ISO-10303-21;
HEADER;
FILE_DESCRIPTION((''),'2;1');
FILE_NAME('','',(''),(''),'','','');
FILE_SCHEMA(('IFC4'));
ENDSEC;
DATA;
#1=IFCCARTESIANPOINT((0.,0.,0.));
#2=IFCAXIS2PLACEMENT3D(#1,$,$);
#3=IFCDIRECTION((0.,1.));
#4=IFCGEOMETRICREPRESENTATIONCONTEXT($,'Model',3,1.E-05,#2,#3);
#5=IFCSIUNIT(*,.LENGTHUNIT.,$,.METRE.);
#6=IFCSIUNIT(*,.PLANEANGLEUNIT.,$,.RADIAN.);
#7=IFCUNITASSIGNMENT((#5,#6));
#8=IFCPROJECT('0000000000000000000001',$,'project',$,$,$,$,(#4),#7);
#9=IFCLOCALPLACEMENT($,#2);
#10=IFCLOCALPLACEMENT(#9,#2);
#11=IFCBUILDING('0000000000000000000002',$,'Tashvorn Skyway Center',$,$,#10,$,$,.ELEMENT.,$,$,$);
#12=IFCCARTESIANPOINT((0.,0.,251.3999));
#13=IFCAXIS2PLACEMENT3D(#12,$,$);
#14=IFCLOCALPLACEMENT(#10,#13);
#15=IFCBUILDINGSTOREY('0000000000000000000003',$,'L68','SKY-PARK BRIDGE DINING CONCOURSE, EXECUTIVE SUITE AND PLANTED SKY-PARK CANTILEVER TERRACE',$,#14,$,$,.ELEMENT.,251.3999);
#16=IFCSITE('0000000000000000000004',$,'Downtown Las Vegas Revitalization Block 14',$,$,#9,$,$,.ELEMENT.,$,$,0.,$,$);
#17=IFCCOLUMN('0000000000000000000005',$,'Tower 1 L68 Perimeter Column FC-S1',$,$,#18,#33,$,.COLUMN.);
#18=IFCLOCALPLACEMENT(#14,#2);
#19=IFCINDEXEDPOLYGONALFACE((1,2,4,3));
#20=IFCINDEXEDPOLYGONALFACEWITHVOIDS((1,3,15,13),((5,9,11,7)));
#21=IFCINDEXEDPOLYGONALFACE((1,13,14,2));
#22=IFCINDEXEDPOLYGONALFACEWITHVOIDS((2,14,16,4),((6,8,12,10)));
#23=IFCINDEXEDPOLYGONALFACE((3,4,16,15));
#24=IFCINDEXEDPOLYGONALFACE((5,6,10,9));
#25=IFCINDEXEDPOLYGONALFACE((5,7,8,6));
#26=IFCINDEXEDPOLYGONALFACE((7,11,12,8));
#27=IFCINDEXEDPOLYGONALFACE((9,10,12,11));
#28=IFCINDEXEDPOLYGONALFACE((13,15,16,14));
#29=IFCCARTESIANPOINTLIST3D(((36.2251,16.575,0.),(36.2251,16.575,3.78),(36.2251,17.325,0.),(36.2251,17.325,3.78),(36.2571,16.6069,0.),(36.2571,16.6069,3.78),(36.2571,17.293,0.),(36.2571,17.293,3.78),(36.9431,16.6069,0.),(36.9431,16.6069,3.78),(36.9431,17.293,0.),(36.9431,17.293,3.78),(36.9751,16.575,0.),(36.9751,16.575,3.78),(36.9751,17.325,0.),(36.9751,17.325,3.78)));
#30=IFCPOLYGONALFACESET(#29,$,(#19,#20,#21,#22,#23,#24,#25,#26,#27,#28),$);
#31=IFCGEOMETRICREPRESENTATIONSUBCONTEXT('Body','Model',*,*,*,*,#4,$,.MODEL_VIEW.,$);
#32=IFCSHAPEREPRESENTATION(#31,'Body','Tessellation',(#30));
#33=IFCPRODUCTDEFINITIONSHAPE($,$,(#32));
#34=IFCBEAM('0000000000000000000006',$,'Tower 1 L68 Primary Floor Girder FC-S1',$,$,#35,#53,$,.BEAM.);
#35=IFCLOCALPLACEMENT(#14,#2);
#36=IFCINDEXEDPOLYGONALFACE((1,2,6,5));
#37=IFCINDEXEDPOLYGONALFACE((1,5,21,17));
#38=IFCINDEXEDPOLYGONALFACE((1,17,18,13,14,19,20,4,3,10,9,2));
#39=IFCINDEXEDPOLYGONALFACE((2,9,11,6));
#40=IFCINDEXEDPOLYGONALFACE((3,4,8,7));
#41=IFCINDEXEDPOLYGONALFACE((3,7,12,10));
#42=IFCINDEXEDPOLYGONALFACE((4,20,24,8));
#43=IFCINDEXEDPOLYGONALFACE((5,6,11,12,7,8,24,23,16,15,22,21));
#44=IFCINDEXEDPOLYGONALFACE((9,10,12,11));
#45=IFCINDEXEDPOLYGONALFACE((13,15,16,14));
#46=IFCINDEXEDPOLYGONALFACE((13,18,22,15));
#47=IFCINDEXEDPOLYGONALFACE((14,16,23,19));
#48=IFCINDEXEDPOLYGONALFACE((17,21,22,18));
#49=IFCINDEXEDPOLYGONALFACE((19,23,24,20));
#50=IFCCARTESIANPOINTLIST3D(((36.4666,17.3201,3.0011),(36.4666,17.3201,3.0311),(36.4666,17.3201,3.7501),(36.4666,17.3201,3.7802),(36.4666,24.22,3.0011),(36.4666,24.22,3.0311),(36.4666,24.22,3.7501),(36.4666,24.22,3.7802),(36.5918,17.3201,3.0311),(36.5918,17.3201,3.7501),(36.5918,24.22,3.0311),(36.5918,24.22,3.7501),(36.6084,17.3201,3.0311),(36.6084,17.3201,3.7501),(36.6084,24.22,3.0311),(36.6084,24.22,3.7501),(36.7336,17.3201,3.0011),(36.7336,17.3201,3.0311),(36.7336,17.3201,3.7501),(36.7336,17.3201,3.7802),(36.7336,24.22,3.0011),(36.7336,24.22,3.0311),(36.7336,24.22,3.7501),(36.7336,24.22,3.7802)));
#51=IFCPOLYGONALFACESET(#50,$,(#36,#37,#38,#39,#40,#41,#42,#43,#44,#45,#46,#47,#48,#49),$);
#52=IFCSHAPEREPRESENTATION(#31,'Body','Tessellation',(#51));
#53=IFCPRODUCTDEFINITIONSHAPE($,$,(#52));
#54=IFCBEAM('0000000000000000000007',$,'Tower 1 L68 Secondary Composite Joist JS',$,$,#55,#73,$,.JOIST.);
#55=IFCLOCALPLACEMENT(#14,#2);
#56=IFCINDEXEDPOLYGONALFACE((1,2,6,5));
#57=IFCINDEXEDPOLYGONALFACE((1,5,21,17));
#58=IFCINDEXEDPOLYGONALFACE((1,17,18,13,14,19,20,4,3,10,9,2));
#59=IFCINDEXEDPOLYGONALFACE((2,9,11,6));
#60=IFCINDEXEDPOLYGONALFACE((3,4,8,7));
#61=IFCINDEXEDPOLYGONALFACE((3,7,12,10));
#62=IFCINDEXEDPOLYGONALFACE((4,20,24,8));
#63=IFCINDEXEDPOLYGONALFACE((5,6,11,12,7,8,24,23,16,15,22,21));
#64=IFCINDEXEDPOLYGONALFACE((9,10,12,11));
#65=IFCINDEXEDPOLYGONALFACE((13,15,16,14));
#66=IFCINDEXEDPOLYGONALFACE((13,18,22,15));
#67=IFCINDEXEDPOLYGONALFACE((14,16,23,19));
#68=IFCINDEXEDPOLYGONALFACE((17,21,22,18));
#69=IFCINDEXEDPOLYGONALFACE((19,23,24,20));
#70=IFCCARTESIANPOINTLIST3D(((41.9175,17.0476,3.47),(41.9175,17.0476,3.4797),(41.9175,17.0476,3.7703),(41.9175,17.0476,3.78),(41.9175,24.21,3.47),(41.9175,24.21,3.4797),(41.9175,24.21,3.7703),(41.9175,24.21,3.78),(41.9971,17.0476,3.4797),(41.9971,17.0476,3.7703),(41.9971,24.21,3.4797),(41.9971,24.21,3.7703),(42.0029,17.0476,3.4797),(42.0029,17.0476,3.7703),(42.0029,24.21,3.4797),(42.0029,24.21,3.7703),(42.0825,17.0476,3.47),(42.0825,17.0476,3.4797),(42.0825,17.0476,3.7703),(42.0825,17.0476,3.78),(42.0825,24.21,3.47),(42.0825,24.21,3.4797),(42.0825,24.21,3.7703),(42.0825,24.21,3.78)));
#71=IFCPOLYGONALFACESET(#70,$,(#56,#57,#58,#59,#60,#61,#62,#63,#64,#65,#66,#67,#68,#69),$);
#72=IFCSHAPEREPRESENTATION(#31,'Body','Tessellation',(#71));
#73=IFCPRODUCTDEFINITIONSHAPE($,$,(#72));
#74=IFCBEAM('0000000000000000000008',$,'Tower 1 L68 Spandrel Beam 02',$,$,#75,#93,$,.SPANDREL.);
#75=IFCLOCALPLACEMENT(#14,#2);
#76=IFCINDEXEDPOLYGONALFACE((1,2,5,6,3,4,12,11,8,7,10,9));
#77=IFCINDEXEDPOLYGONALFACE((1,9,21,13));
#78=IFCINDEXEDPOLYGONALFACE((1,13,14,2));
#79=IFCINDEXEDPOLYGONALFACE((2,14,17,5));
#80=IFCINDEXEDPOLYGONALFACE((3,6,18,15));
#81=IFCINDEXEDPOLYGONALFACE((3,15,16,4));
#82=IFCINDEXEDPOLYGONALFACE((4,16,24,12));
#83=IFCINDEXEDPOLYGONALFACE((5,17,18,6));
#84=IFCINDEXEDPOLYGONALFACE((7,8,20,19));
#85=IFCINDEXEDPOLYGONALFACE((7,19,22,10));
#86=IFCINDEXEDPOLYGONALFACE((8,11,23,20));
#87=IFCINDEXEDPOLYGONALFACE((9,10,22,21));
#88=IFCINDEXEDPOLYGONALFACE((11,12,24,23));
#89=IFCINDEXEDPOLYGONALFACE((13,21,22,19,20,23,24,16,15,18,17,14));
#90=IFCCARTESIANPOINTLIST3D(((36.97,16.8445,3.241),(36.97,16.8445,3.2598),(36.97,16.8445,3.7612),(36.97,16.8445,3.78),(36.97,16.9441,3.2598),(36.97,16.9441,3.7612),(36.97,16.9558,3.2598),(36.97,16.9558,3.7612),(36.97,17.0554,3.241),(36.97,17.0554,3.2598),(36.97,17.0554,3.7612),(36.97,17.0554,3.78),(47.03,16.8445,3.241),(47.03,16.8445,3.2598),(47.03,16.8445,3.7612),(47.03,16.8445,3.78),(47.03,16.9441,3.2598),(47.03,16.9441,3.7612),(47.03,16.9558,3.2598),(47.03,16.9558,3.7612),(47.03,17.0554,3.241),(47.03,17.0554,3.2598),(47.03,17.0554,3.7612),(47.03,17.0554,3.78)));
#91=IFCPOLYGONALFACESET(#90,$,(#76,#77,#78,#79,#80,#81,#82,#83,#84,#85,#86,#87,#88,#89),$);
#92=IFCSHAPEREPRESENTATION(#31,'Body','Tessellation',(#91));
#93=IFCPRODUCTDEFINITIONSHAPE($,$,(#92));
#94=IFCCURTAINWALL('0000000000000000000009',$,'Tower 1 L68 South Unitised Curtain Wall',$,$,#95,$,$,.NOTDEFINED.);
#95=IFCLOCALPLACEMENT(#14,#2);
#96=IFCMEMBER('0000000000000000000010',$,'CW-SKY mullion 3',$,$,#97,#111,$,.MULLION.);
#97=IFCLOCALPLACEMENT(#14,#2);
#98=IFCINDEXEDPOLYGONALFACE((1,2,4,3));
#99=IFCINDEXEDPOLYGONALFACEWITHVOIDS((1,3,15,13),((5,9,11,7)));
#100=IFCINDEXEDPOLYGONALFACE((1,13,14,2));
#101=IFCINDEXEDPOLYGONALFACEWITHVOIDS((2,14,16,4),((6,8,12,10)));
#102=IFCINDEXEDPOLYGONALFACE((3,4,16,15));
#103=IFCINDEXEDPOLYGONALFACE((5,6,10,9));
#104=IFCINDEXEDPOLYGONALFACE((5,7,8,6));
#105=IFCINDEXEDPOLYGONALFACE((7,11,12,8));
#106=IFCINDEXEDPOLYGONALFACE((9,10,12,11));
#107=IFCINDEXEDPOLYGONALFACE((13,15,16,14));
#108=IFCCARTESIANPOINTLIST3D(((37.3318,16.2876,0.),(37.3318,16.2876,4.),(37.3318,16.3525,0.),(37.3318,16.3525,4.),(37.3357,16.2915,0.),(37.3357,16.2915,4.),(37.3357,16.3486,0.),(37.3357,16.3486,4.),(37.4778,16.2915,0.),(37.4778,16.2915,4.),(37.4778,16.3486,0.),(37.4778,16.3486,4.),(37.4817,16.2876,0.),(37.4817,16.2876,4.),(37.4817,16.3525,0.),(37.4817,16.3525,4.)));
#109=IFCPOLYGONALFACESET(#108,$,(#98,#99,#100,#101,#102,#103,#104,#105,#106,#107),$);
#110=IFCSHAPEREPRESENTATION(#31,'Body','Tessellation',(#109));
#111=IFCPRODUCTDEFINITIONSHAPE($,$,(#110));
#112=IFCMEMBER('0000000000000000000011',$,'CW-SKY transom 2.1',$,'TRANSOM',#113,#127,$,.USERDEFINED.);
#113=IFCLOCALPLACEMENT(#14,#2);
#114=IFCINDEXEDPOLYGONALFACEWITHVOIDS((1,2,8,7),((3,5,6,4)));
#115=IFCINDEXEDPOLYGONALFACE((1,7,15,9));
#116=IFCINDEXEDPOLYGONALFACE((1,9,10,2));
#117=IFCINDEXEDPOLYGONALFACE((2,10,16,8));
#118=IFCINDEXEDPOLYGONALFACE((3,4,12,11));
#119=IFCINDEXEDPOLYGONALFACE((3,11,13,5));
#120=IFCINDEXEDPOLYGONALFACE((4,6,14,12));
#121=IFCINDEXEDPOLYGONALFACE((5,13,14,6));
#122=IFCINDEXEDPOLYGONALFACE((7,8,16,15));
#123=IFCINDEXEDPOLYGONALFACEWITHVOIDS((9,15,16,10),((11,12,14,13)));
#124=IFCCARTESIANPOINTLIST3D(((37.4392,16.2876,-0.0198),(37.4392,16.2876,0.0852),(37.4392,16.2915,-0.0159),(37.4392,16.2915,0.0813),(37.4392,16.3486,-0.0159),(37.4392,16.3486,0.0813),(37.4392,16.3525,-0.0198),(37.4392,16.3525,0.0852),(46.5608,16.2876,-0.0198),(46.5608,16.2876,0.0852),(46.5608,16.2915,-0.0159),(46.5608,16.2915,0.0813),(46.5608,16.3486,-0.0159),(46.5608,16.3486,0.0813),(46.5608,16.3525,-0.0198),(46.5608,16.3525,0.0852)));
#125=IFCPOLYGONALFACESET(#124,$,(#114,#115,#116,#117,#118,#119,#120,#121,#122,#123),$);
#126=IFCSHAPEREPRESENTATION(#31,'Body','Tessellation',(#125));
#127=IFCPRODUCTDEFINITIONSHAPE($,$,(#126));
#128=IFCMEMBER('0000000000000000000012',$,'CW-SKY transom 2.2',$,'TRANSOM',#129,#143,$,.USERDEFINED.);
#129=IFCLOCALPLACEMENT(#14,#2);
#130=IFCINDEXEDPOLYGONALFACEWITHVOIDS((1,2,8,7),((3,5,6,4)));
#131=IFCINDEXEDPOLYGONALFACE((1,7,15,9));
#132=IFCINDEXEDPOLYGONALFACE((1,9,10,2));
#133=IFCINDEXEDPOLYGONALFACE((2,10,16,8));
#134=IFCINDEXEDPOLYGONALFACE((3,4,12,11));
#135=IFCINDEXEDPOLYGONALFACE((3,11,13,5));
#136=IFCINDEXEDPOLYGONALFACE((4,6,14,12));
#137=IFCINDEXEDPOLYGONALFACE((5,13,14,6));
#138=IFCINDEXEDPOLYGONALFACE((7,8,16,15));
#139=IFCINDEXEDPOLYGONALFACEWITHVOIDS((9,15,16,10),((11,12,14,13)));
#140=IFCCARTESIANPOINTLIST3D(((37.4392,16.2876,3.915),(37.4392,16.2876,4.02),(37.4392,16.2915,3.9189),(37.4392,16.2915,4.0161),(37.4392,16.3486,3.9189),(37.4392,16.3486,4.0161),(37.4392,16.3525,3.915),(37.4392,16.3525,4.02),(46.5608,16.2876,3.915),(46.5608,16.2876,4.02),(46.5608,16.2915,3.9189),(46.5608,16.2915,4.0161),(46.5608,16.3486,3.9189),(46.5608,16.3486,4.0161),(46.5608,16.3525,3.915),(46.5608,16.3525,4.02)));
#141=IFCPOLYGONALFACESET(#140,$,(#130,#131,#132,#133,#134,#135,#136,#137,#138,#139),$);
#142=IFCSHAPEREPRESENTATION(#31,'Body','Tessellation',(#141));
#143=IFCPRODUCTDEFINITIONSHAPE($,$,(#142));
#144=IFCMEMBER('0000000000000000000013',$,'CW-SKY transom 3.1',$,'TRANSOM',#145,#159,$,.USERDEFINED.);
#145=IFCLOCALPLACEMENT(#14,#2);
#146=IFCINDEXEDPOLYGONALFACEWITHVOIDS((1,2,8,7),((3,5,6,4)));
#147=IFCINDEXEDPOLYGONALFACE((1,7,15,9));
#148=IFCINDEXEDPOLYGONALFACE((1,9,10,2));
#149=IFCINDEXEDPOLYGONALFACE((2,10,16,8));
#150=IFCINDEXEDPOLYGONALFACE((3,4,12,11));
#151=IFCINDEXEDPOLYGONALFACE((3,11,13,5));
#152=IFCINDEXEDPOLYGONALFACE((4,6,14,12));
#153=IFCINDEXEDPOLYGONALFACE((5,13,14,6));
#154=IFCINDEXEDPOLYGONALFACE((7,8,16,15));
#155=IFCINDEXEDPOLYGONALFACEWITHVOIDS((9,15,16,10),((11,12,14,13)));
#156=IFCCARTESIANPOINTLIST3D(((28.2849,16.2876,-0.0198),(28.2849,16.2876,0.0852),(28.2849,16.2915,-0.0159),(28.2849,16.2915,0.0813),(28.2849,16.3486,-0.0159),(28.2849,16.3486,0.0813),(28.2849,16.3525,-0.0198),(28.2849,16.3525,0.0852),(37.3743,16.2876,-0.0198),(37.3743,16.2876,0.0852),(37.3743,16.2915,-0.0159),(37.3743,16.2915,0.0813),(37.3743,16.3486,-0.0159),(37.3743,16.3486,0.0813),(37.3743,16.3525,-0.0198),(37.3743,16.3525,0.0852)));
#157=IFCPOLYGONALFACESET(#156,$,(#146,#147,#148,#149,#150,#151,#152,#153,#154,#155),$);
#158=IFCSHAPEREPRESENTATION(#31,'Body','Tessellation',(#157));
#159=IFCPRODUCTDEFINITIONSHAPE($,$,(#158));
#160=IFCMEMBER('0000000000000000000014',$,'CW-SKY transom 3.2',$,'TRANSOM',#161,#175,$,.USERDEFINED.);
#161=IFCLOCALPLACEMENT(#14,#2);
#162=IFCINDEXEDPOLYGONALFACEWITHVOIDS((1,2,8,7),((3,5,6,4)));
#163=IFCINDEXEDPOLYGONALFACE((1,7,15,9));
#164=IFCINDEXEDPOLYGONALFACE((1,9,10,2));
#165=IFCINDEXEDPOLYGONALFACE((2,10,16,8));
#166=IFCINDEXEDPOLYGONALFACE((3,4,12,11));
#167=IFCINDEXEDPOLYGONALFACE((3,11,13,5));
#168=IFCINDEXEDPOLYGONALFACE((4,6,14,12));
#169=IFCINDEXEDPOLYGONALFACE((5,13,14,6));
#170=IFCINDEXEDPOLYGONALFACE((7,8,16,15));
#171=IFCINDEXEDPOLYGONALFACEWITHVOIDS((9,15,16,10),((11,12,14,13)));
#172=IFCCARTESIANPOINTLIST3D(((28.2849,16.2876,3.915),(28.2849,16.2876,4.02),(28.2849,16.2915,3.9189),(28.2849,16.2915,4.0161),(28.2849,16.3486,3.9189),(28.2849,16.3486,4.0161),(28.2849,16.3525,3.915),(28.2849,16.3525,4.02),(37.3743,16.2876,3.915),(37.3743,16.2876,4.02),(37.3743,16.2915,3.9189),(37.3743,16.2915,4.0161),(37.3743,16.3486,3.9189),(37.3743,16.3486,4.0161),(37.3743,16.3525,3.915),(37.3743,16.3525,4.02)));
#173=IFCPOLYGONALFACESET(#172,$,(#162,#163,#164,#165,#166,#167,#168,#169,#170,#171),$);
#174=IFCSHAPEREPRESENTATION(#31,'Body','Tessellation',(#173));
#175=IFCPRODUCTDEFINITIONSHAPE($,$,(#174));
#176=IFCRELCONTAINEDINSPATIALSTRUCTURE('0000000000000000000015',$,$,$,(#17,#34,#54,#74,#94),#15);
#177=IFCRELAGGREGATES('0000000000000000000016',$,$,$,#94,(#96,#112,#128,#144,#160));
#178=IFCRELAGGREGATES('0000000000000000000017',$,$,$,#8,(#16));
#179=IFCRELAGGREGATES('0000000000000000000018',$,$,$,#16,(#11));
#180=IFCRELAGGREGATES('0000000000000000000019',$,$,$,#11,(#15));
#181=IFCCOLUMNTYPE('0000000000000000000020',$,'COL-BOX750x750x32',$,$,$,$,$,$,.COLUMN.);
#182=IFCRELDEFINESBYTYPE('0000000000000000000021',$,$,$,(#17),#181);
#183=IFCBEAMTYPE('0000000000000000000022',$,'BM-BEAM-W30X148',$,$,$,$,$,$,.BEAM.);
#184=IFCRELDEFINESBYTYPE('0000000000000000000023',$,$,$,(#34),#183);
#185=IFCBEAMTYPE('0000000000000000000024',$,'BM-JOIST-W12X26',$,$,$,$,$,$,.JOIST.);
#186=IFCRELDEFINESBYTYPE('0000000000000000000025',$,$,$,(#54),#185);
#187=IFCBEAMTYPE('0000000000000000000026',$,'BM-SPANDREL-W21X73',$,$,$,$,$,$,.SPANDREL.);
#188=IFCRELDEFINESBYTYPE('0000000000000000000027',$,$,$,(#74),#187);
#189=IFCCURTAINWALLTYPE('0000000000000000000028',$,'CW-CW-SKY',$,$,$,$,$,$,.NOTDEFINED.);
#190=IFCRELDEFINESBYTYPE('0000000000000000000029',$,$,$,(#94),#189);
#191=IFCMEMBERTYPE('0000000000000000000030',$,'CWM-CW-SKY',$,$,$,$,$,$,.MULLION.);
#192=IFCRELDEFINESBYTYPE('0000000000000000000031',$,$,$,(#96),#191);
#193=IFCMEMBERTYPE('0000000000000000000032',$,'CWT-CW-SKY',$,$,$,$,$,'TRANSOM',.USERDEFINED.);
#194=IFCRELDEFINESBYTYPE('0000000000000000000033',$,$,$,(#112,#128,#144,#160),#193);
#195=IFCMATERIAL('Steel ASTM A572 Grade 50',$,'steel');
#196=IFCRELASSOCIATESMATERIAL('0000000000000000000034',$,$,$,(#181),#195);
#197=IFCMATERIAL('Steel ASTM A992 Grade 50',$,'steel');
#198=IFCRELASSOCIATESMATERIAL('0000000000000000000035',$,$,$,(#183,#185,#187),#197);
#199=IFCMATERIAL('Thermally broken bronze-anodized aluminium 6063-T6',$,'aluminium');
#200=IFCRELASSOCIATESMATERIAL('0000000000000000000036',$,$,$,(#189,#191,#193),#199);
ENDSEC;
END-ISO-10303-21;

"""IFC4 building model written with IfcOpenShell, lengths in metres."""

from ifc_helpers import new_model, si_unit, direction, frame, origin, origin_2d, place, context, subcontext, project, spatial, hollow_rectangle, i_section, extrude, material, material_profile, profile_set, type_object, element, aggregate, save


model = new_model("IFC4")

# Units and contexts
model_context = context("Model", 3, precision=1e-05, world=origin(), true_north=direction((0.0, 1.0)))
body_context = subcontext(model_context, "Body", "Model", "MODEL_VIEW")
ifc_project = project(units=[si_unit("LENGTHUNIT", "METRE"), si_unit("PLANEANGLEUNIT", "RADIAN")], contexts=[model_context])

# Site, building, storey
site_placement = place(None, origin())
site = spatial("IfcSite", under=ifc_project, at=site_placement, Name="Downtown Las Vegas Revitalization Block 14", CompositionType="ELEMENT", RefElevation=0.0)
building_placement = place(site_placement, origin())
building = spatial("IfcBuilding", under=site, at=building_placement, Name="Tashvorn Skyway Center", CompositionType="ELEMENT")
storey_placement = place(building_placement, frame((0.0, 0.0, 251.3999)))
storey = spatial("IfcBuildingStorey", under=building, at=storey_placement, Name="L68", Description="SKY-PARK BRIDGE DINING CONCOURSE, EXECUTIVE SUITE AND PLANTED SKY-PARK CANTILEVER TERRACE", CompositionType="ELEMENT", Elevation=251.3999)

# Column
ifc_material_1 = material(Name="Steel ASTM A572 Grade 50", Category="steel")
ifc_material_profile_1 = material_profile(ifc_material_1, hollow_rectangle(XDim=0.75, YDim=0.75, WallThickness=0.032, at=origin_2d()), Name="BOX750x750x32")
ifc_profile_set_1 = profile_set([ifc_material_profile_1], Name="Steel ASTM A572 Grade 50")
column_type = type_object("IfcColumnType", Name="COL-BOX750x750x32", PredefinedType="COLUMN", material=ifc_profile_set_1)
column_placement = place(storey_placement, frame((36.6001, 16.95, 0.0), z_axis=(0.0, 0.0, 1.0), x_axis=(1.0, 0.0, 0.0)))
element("IfcColumn", 1, at=column_placement, inside=storey, type_object=column_type, Name="Tower 1 L68 Perimeter Column FC-S1", PredefinedType="COLUMN", context=body_context, shape_type="SweptSolid", body=[
    extrude(hollow_rectangle(XDim=0.75, YDim=0.75, WallThickness=0.032, at=origin_2d()), origin(), (0.0, 0.0, 1.0), 3.78),
])

# Beams
ifc_material_2 = material(Name="Steel ASTM A992 Grade 50", Category="steel")
ifc_material_profile_2 = material_profile(ifc_material_2, i_section(OverallWidth=0.2671, OverallDepth=0.7791, WebThickness=0.0166, FlangeThickness=0.03, at=origin_2d()), Name="W30X148")
ifc_profile_set_2 = profile_set([ifc_material_profile_2], Name="Steel ASTM A992 Grade 50")
beam_type_1 = type_object("IfcBeamType", Name="BM-BEAM-W30X148", PredefinedType="BEAM", material=ifc_profile_set_2)
beam_1_placement = place(storey_placement, frame((36.6001, 17.3201, 3.3906), z_axis=(0.0, 1.0, 0.0), x_axis=(-1.0, 0.0, 0.0)))
element("IfcBeam", 2, at=beam_1_placement, inside=storey, type_object=beam_type_1, Name="Tower 1 L68 Primary Floor Girder FC-S1", PredefinedType="BEAM", context=body_context, shape_type="SweptSolid", body=[
    extrude(i_section(OverallWidth=0.2671, OverallDepth=0.7791, WebThickness=0.0166, FlangeThickness=0.03, at=origin_2d()), origin(), (0.0, 0.0, 1.0), 6.8999),
])
ifc_material_profile_3 = material_profile(ifc_material_2, i_section(OverallWidth=0.165, OverallDepth=0.3101, WebThickness=0.0059, FlangeThickness=0.0098, at=origin_2d()), Name="W12X26")
ifc_profile_set_3 = profile_set([ifc_material_profile_3], Name="Steel ASTM A992 Grade 50")
beam_type_2 = type_object("IfcBeamType", Name="BM-JOIST-W12X26", PredefinedType="JOIST", material=ifc_profile_set_3)
beam_2_placement = place(storey_placement, frame((42.0, 24.21, 3.625), z_axis=(0.0, -1.0, 0.0), x_axis=(1.0, 0.0, 0.0)))
element("IfcBeam", 3, at=beam_2_placement, inside=storey, type_object=beam_type_2, Name="Tower 1 L68 Secondary Composite Joist JS", PredefinedType="JOIST", context=body_context, shape_type="SweptSolid", body=[
    extrude(i_section(OverallWidth=0.165, OverallDepth=0.3101, WebThickness=0.0059, FlangeThickness=0.0098, at=origin_2d()), origin(), (0.0, 0.0, 1.0), 7.1624),
])
ifc_material_profile_4 = material_profile(ifc_material_2, i_section(OverallWidth=0.2109, OverallDepth=0.5391, WebThickness=0.0117, FlangeThickness=0.0188, at=origin_2d()), Name="W21X73")
ifc_profile_set_4 = profile_set([ifc_material_profile_4], Name="Steel ASTM A992 Grade 50")
beam_type_3 = type_object("IfcBeamType", Name="BM-SPANDREL-W21X73", PredefinedType="SPANDREL", material=ifc_profile_set_4)
beam_3_placement = place(storey_placement, frame((36.97, 16.95, 3.5105), z_axis=(1.0, 0.0, 0.0), x_axis=(0.0, 1.0, 0.0)))
element("IfcBeam", 4, at=beam_3_placement, inside=storey, type_object=beam_type_3, Name="Tower 1 L68 Spandrel Beam 02", PredefinedType="SPANDREL", context=body_context, shape_type="SweptSolid", body=[
    extrude(i_section(OverallWidth=0.2109, OverallDepth=0.5391, WebThickness=0.0117, FlangeThickness=0.0188, at=origin_2d()), origin(), (0.0, 0.0, 1.0), 10.0601),
])

# Curtain wall, members
ifc_material_3 = material(Name="Thermally broken bronze-anodized aluminium 6063-T6", Category="aluminium")
curtain_wall_type = type_object("IfcCurtainWallType", Name="CW-CW-SKY", PredefinedType="NOTDEFINED", material=ifc_material_3)
curtain_wall_placement = place(storey_placement, origin())
curtain_wall = element("IfcCurtainWall", 5, at=curtain_wall_placement, inside=storey, type_object=curtain_wall_type, Name="Tower 1 L68 South Unitised Curtain Wall", PredefinedType="NOTDEFINED")
ifc_material_profile_5 = material_profile(ifc_material_3, hollow_rectangle(XDim=0.0649, YDim=0.1499, WallThickness=0.0039, at=origin_2d()), Name="ALU-MULL-65x150")
ifc_profile_set_5 = profile_set([ifc_material_profile_5], Name="Thermally broken bronze-anodized aluminium 6063-T6")
member_type_1 = type_object("IfcMemberType", Name="CWM-CW-SKY", PredefinedType="MULLION", material=ifc_profile_set_5)
member_1_placement = place(storey_placement, frame((37.4067, 16.3201, 0.0), z_axis=(0.0, 0.0, 1.0), x_axis=(0.0, -1.0, 0.0)))
member_1 = element("IfcMember", 6, at=member_1_placement, type_object=member_type_1, Name="CW-SKY mullion 3", PredefinedType="MULLION", context=body_context, shape_type="SweptSolid", body=[
    extrude(hollow_rectangle(XDim=0.0649, YDim=0.1499, WallThickness=0.0039, at=origin_2d()), origin(), (0.0, 0.0, 1.0), 4.0),
])
ifc_material_profile_6 = material_profile(ifc_material_3, hollow_rectangle(XDim=0.0649, YDim=0.105, WallThickness=0.0039, at=origin_2d()), Name="ALU-TRAN-65x105")
ifc_profile_set_6 = profile_set([ifc_material_profile_6], Name="Thermally broken bronze-anodized aluminium 6063-T6")
member_type_2 = type_object("IfcMemberType", Name="CWT-CW-SKY", ElementType="TRANSOM", PredefinedType="USERDEFINED", material=ifc_profile_set_6)
member_2_placement = place(storey_placement, frame((46.5608, 16.3201, 0.0327), z_axis=(-1.0, 0.0, 0.0), x_axis=(0.0, -1.0, 0.0)))
member_2 = element("IfcMember", 7, at=member_2_placement, type_object=member_type_2, Name="CW-SKY transom 2.1", ObjectType="TRANSOM", PredefinedType="USERDEFINED", context=body_context, shape_type="SweptSolid", body=[
    extrude(hollow_rectangle(XDim=0.0649, YDim=0.105, WallThickness=0.0039, at=origin_2d()), origin(), (0.0, 0.0, 1.0), 9.1216),
])
member_3_placement = place(storey_placement, frame((46.5608, 16.3201, 3.9675), z_axis=(-1.0, 0.0, 0.0), x_axis=(0.0, -1.0, 0.0)))
member_3 = element("IfcMember", 8, at=member_3_placement, type_object=member_type_2, Name="CW-SKY transom 2.2", ObjectType="TRANSOM", PredefinedType="USERDEFINED", context=body_context, shape_type="SweptSolid", body=[
    extrude(hollow_rectangle(XDim=0.0649, YDim=0.105, WallThickness=0.0039, at=origin_2d()), origin(), (0.0, 0.0, 1.0), 9.1216),
])
member_4_placement = place(storey_placement, frame((37.3743, 16.3201, 0.0327), z_axis=(-1.0, 0.0, 0.0), x_axis=(0.0, -1.0, 0.0)))
member_4 = element("IfcMember", 9, at=member_4_placement, type_object=member_type_2, Name="CW-SKY transom 3.1", ObjectType="TRANSOM", PredefinedType="USERDEFINED", context=body_context, shape_type="SweptSolid", body=[
    extrude(hollow_rectangle(XDim=0.0649, YDim=0.105, WallThickness=0.0039, at=origin_2d()), origin(), (0.0, 0.0, 1.0), 9.0894),
])
member_5_placement = place(storey_placement, frame((37.3743, 16.3201, 3.9675), z_axis=(-1.0, 0.0, 0.0), x_axis=(0.0, -1.0, 0.0)))
member_5 = element("IfcMember", 10, at=member_5_placement, type_object=member_type_2, Name="CW-SKY transom 3.2", ObjectType="TRANSOM", PredefinedType="USERDEFINED", context=body_context, shape_type="SweptSolid", body=[
    extrude(hollow_rectangle(XDim=0.0649, YDim=0.105, WallThickness=0.0039, at=origin_2d()), origin(), (0.0, 0.0, 1.0), 9.0894),
])
aggregate(curtain_wall, [member_1, member_2, member_3, member_4, member_5])

save(model, "model.ifc")
